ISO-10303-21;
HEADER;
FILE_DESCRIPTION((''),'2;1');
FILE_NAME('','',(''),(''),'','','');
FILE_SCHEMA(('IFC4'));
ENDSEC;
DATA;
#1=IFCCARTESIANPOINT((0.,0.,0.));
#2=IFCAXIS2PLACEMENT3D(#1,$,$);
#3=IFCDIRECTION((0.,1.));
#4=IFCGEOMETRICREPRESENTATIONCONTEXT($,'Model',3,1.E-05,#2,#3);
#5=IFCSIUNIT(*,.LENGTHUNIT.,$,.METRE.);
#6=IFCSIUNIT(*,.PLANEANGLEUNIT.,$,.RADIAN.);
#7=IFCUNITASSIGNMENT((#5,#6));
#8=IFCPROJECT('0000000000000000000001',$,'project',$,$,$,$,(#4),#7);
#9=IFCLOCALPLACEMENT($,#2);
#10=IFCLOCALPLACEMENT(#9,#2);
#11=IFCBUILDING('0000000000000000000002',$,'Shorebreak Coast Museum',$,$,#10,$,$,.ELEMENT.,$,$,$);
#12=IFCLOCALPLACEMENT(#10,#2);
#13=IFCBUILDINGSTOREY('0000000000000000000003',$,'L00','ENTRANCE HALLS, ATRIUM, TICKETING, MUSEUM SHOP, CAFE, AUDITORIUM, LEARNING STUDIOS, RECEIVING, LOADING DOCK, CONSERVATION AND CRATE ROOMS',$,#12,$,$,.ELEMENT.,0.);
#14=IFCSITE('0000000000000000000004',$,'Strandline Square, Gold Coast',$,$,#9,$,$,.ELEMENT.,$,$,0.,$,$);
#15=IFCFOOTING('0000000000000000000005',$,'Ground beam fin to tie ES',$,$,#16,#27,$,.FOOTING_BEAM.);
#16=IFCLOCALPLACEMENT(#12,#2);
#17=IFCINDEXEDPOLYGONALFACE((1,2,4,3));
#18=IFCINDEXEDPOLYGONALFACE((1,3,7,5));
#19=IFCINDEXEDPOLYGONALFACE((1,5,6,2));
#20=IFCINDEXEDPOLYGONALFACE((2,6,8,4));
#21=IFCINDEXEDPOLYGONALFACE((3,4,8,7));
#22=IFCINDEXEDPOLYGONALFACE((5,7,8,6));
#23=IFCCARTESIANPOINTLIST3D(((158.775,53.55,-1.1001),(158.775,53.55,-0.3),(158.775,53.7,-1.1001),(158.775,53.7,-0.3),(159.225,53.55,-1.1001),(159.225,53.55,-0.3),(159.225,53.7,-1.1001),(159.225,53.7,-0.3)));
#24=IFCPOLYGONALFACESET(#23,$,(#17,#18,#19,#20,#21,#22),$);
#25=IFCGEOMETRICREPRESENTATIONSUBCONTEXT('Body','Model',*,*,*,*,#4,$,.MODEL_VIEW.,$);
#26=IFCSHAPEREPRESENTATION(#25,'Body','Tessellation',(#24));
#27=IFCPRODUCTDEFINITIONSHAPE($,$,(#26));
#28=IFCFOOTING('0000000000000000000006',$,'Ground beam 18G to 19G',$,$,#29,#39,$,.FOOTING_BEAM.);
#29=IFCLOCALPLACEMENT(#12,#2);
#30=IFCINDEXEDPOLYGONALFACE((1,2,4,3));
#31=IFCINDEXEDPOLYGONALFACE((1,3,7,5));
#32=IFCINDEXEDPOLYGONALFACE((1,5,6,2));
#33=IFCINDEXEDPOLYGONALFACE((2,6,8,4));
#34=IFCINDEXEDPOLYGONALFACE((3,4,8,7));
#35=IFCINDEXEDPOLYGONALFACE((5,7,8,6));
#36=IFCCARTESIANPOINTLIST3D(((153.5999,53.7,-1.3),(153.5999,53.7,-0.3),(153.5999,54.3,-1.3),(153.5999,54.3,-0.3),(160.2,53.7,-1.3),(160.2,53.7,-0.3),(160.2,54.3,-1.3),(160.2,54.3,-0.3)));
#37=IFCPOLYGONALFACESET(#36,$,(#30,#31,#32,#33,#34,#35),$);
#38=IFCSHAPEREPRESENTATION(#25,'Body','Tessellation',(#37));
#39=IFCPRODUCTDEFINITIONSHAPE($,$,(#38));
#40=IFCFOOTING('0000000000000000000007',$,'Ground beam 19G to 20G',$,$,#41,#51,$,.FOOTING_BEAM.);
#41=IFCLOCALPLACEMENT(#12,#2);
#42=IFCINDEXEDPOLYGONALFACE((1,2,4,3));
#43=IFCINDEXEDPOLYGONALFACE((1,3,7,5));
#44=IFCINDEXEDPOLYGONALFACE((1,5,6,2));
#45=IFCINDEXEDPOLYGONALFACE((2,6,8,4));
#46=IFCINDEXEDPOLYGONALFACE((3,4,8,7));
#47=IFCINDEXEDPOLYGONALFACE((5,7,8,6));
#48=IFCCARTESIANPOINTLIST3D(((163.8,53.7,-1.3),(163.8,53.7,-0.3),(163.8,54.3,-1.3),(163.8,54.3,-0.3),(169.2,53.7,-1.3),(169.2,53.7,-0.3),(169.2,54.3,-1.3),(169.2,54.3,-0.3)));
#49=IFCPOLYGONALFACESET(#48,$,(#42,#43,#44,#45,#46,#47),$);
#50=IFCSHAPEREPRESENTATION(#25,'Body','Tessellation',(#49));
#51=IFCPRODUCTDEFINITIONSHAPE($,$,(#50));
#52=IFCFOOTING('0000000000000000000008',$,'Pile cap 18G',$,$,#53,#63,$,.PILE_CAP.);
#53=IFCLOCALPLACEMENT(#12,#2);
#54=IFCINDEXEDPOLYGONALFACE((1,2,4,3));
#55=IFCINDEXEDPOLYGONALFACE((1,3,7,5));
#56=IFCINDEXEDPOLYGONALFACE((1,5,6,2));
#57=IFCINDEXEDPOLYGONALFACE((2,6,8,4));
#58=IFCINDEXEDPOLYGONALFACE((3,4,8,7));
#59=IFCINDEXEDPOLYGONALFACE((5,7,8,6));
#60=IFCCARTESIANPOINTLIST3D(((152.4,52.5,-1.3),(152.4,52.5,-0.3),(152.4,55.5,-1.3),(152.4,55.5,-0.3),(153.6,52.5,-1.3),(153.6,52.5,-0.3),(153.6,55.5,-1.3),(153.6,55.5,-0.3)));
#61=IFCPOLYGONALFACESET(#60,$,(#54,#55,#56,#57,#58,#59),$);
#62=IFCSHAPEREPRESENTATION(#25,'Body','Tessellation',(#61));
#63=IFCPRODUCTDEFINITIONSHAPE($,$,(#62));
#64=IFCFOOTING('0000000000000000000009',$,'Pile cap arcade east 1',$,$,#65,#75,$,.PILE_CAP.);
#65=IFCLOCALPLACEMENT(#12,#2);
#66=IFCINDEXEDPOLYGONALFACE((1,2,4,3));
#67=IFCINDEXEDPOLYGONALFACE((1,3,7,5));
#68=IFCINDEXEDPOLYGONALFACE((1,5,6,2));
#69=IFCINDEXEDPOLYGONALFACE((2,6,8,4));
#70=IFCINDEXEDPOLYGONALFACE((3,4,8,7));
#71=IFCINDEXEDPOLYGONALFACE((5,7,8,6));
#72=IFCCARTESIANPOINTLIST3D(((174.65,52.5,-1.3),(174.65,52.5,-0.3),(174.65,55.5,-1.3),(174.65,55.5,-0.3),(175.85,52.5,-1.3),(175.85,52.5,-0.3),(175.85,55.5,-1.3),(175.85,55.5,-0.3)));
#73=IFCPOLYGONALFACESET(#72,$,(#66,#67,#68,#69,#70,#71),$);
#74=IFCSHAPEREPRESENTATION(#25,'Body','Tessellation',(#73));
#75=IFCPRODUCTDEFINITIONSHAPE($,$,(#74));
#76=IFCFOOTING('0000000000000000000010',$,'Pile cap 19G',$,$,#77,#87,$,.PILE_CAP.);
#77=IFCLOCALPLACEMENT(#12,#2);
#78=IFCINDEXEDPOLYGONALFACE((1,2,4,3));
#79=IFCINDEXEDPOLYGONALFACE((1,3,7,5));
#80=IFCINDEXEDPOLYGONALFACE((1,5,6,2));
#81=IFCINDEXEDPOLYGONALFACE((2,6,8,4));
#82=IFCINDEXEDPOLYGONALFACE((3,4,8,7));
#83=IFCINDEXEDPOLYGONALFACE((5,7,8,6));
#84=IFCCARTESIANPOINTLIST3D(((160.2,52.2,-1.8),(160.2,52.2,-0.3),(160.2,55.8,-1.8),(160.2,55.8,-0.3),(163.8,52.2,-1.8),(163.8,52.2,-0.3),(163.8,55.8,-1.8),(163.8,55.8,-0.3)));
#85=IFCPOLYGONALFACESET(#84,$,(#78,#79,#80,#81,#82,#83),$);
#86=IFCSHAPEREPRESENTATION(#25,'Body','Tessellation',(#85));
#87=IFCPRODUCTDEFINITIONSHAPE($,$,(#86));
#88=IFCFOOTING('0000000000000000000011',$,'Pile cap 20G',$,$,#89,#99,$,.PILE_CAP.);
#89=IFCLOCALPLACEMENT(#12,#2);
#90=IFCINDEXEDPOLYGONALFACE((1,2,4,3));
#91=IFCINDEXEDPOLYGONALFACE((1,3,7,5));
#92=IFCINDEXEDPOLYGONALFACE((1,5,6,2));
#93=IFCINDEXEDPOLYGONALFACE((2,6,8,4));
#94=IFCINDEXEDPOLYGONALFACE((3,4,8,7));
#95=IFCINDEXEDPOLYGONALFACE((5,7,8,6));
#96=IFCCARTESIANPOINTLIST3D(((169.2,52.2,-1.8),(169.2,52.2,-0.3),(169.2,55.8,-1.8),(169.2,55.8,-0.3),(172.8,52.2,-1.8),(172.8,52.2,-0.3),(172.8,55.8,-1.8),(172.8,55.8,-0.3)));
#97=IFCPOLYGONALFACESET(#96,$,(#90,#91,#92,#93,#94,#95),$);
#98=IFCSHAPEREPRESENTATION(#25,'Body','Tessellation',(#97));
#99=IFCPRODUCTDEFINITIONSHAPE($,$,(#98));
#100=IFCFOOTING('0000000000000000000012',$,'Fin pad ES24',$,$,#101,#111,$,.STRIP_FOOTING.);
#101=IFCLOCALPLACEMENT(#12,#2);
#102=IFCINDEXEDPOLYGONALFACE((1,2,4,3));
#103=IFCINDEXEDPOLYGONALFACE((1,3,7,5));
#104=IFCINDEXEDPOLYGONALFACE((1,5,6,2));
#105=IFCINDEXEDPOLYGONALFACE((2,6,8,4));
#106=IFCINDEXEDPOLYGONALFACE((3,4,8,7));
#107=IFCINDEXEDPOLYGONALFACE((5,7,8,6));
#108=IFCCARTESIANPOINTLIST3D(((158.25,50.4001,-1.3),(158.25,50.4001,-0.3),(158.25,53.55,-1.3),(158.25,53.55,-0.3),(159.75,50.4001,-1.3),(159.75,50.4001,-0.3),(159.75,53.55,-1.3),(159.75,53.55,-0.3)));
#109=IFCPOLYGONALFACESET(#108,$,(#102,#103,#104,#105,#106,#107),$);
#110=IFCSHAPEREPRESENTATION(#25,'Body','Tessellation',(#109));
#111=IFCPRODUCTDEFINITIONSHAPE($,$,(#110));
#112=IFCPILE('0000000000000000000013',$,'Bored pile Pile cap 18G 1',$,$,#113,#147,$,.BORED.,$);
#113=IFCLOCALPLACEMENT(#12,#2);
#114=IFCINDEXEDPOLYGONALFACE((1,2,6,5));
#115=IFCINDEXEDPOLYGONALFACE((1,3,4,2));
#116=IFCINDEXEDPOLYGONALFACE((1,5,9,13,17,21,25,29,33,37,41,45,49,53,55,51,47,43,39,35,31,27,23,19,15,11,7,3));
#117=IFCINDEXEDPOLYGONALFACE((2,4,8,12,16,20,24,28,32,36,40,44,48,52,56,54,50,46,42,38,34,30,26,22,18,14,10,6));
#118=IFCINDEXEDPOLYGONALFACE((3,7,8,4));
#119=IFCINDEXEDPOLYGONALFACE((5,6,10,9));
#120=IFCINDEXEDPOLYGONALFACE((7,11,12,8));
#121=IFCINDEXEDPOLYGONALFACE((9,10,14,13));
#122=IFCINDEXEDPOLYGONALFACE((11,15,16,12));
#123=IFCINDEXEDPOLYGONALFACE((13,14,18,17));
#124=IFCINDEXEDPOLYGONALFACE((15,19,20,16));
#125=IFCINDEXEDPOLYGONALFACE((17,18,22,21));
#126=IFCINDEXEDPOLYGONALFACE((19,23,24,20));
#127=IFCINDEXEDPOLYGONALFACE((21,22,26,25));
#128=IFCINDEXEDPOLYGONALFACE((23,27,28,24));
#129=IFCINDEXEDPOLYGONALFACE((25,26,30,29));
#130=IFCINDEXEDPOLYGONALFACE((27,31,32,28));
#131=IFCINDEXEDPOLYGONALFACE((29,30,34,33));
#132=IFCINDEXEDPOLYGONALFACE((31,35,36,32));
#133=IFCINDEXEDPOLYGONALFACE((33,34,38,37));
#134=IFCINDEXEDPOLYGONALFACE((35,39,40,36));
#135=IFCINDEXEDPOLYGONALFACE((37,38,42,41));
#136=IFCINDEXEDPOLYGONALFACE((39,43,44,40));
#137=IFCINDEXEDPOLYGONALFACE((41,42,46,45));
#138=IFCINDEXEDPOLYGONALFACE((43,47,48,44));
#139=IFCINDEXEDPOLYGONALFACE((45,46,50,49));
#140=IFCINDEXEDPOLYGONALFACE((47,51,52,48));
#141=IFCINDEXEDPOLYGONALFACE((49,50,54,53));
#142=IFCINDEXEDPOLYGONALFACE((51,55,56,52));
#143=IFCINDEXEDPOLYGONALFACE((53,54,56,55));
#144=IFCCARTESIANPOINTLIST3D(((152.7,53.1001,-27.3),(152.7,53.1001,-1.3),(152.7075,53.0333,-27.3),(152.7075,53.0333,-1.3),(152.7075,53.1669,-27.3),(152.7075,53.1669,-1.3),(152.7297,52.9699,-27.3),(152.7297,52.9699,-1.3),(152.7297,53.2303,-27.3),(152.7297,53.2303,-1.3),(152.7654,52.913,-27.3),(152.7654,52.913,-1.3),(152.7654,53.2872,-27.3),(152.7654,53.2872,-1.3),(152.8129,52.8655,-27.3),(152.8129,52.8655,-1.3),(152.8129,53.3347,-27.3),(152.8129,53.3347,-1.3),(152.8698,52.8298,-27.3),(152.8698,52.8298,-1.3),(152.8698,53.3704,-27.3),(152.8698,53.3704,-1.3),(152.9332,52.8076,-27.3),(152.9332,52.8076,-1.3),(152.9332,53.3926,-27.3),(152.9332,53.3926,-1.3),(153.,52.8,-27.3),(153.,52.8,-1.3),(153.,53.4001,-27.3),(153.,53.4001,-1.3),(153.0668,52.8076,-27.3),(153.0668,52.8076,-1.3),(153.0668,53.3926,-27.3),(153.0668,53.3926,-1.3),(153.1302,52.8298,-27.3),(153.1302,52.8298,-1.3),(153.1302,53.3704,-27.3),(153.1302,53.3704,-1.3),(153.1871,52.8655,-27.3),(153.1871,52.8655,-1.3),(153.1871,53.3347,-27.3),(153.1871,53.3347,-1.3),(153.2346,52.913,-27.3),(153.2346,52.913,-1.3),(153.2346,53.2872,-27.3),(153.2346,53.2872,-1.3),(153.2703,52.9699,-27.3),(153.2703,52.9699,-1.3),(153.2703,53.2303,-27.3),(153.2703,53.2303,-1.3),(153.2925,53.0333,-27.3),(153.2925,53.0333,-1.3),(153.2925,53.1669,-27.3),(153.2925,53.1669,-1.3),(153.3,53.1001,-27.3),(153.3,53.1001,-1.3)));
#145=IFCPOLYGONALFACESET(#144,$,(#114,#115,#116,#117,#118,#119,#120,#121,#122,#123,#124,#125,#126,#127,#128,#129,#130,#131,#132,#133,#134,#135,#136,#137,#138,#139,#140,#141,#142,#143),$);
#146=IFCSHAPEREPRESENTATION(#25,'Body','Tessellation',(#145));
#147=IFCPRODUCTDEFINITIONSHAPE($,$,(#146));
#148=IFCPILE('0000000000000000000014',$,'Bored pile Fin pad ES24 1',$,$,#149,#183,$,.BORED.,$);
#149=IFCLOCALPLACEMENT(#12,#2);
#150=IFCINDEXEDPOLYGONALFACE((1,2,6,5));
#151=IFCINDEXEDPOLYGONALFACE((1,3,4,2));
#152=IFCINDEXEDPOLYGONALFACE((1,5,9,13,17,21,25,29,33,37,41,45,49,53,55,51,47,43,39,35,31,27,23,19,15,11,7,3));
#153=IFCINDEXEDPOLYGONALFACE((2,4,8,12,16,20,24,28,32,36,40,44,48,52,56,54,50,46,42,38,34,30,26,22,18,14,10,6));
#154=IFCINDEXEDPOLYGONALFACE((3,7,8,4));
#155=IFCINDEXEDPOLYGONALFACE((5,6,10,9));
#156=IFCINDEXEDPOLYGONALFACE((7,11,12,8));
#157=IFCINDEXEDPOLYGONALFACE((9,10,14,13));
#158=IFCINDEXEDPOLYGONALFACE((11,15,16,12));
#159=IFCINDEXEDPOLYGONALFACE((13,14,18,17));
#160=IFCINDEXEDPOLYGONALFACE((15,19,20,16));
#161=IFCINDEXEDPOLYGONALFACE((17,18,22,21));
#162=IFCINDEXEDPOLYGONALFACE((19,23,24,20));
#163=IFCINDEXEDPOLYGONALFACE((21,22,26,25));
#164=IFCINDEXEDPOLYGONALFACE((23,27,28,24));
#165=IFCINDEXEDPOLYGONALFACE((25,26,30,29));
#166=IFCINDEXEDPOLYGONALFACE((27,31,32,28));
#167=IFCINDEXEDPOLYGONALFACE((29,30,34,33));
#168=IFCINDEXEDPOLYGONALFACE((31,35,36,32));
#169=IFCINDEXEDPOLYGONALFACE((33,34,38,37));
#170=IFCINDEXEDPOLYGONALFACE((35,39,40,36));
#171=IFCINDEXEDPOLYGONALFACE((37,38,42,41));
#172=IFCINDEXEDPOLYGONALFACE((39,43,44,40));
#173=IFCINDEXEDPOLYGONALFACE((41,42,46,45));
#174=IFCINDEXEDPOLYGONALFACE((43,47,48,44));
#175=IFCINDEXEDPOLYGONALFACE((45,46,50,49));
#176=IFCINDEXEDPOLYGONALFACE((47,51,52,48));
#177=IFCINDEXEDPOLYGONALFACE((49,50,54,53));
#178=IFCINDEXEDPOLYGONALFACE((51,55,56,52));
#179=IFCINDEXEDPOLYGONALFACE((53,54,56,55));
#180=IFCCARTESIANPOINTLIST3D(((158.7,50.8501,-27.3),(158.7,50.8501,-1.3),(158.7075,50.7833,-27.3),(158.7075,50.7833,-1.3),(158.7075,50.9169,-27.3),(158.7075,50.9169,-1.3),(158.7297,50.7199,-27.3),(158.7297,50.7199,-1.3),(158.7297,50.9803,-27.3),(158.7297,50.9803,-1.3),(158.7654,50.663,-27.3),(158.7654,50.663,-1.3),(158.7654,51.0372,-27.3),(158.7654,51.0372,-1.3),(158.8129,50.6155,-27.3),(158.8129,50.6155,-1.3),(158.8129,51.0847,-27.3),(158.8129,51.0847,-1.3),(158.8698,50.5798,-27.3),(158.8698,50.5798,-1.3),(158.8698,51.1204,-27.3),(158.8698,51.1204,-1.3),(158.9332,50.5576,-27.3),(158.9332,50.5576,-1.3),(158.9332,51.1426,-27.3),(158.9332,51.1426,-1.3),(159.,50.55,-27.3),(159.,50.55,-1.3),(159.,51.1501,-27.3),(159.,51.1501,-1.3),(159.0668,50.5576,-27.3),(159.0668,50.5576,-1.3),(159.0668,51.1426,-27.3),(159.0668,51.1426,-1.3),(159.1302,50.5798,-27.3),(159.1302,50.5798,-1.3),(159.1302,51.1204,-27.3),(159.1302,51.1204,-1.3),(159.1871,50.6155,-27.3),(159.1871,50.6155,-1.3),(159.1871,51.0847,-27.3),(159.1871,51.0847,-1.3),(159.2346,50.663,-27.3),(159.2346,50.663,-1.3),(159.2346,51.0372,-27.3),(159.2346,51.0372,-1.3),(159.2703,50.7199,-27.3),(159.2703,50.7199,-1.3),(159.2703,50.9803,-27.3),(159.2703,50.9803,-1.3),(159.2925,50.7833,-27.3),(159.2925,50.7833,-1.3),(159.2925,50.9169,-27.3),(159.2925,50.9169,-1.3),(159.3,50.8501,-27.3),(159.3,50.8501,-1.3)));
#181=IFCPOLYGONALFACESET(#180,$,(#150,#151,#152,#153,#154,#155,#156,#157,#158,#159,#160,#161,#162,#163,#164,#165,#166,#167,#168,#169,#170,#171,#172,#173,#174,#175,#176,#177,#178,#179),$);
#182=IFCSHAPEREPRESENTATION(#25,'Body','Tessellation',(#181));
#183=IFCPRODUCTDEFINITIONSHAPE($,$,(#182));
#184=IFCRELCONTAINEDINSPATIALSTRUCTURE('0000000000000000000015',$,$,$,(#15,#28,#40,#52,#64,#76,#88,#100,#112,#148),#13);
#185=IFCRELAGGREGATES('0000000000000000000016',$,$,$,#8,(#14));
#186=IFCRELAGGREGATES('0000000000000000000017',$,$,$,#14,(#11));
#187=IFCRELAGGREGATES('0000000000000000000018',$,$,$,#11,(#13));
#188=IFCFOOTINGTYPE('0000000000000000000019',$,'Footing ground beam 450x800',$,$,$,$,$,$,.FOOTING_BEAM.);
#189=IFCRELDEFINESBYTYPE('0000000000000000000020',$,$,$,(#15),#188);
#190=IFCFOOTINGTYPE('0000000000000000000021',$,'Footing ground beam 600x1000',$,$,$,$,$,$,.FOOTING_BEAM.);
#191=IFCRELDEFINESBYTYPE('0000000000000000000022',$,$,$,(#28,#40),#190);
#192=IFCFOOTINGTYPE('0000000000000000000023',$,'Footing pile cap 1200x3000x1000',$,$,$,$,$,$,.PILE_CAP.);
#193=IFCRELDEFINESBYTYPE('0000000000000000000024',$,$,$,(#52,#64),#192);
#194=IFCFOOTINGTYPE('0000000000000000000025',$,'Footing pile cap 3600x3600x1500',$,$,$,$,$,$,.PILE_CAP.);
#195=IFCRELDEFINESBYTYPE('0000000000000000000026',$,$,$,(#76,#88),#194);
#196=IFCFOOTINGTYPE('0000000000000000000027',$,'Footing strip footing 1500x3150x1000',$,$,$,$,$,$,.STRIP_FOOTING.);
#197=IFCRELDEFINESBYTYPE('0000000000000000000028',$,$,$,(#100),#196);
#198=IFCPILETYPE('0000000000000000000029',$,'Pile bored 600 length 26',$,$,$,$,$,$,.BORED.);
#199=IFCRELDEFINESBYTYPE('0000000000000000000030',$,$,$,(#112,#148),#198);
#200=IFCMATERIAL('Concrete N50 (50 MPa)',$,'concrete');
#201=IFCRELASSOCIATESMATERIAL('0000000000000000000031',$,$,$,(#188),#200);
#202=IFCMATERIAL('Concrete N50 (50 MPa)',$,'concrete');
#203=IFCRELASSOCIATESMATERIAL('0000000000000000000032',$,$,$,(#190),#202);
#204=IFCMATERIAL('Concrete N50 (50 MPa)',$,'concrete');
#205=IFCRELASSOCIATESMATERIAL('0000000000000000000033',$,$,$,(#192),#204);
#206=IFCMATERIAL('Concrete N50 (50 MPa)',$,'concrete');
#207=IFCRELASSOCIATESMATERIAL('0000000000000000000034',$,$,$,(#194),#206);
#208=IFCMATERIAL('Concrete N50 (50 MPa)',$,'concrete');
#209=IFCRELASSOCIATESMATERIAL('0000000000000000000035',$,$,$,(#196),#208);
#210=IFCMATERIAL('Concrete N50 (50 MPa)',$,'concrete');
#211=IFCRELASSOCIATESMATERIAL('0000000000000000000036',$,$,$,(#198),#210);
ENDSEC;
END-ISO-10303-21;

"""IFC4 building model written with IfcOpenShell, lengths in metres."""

from ifc_helpers import new_model, si_unit, direction, frame, origin, origin_2d, place, context, subcontext, project, spatial, rectangle, circle, extrude, material, material_profile, profile_set, type_object, element, save


model = new_model("IFC4")

# Units and contexts
model_context = context("Model", 3, precision=1e-05, world=origin(), true_north=direction((0.0, 1.0)))
body_context = subcontext(model_context, "Body", "Model", "MODEL_VIEW")
ifc_project = project(units=[si_unit("LENGTHUNIT", "METRE"), si_unit("PLANEANGLEUNIT", "RADIAN")], contexts=[model_context])

# Site, building, storey
site_placement = place(None, origin())
site = spatial("IfcSite", under=ifc_project, at=site_placement, Name="Strandline Square, Gold Coast", CompositionType="ELEMENT", RefElevation=0.0)
building_placement = place(site_placement, origin())
building = spatial("IfcBuilding", under=site, at=building_placement, Name="Shorebreak Coast Museum", CompositionType="ELEMENT")
storey_placement = place(building_placement, origin())
storey = spatial("IfcBuildingStorey", under=building, at=storey_placement, Name="L00", Description="ENTRANCE HALLS, ATRIUM, TICKETING, MUSEUM SHOP, CAFE, AUDITORIUM, LEARNING STUDIOS, RECEIVING, LOADING DOCK, CONSERVATION AND CRATE ROOMS", CompositionType="ELEMENT", Elevation=0.0)

# Footings
ifc_material_1 = material(Name="Concrete N50 (50 MPa)", Category="concrete")
footing_type_1 = type_object("IfcFootingType", Name="Footing ground beam 450x800", PredefinedType="FOOTING_BEAM", material=ifc_material_1)
footing_1_placement = place(storey_placement, frame((159.0, 53.625, -1.1001), z_axis=(0.0, 0.0, 1.0), x_axis=(1.0, 0.0, 0.0)))
element("IfcFooting", 1, at=footing_1_placement, inside=storey, type_object=footing_type_1, Name="Ground beam fin to tie ES", PredefinedType="FOOTING_BEAM", context=body_context, shape_type="SweptSolid", body=[
    extrude(rectangle(XDim=0.45, YDim=0.1499, at=origin_2d()), origin(), (0.0, 0.0, 1.0), 0.8),
])
ifc_material_2 = material(Name="Concrete N50 (50 MPa)", Category="concrete")
footing_type_2 = type_object("IfcFootingType", Name="Footing ground beam 600x1000", PredefinedType="FOOTING_BEAM", material=ifc_material_2)
footing_2_placement = place(storey_placement, frame((156.8999, 54.0, -1.3), z_axis=(0.0, 0.0, 1.0), x_axis=(1.0, 0.0, 0.0)))
element("IfcFooting", 2, at=footing_2_placement, inside=storey, type_object=footing_type_2, Name="Ground beam 18G to 19G", PredefinedType="FOOTING_BEAM", context=body_context, shape_type="SweptSolid", body=[
    extrude(rectangle(XDim=6.6001, YDim=0.6001, at=origin_2d()), origin(), (0.0, 0.0, 1.0), 1.0),
])
footing_3_placement = place(storey_placement, frame((166.5, 54.0, -1.3), z_axis=(0.0, 0.0, 1.0), x_axis=(1.0, 0.0, 0.0)))
element("IfcFooting", 3, at=footing_3_placement, inside=storey, type_object=footing_type_2, Name="Ground beam 19G to 20G", PredefinedType="FOOTING_BEAM", context=body_context, shape_type="SweptSolid", body=[
    extrude(rectangle(XDim=5.3999, YDim=0.6001, at=origin_2d()), origin(), (0.0, 0.0, 1.0), 1.0),
])
ifc_material_3 = material(Name="Concrete N50 (50 MPa)", Category="concrete")
footing_type_3 = type_object("IfcFootingType", Name="Footing pile cap 1200x3000x1000", PredefinedType="PILE_CAP", material=ifc_material_3)
for number, where, z_axis, x_axis, name in (
    (4, (153.0, 54.0, -1.3), (0.0, 0.0, 1.0), (1.0, 0.0, 0.0), "Pile cap 18G"),
    (5, (175.25, 54.0, -1.3), (0.0, 0.0, 1.0), (1.0, 0.0, 0.0), "Pile cap arcade east 1"),
):
    element("IfcFooting", number, at=place(storey_placement, frame(where, z_axis=z_axis, x_axis=x_axis)), inside=storey, type_object=footing_type_3, Name=name, PredefinedType="PILE_CAP", context=body_context, shape_type="SweptSolid", body=[
        extrude(rectangle(XDim=1.2, YDim=3.0, at=origin_2d()), origin(), (0.0, 0.0, 1.0), 1.0),
    ])
ifc_material_4 = material(Name="Concrete N50 (50 MPa)", Category="concrete")
footing_type_4 = type_object("IfcFootingType", Name="Footing pile cap 3600x3600x1500", PredefinedType="PILE_CAP", material=ifc_material_4)
for number, where, z_axis, x_axis, name in (
    (6, (162.0, 54.0, -1.8), (0.0, 0.0, 1.0), (1.0, 0.0, 0.0), "Pile cap 19G"),
    (7, (171.0, 54.0, -1.8), (0.0, 0.0, 1.0), (1.0, 0.0, 0.0), "Pile cap 20G"),
):
    element("IfcFooting", number, at=place(storey_placement, frame(where, z_axis=z_axis, x_axis=x_axis)), inside=storey, type_object=footing_type_4, Name=name, PredefinedType="PILE_CAP", context=body_context, shape_type="SweptSolid", body=[
        extrude(rectangle(XDim=3.6001, YDim=3.6001, at=origin_2d()), origin(), (0.0, 0.0, 1.0), 1.5),
    ])
ifc_material_5 = material(Name="Concrete N50 (50 MPa)", Category="concrete")
footing_type_5 = type_object("IfcFootingType", Name="Footing strip footing 1500x3150x1000", PredefinedType="STRIP_FOOTING", material=ifc_material_5)
footing_4_placement = place(storey_placement, frame((159.0, 51.9751, -1.3), z_axis=(0.0, 0.0, 1.0), x_axis=(1.0, 0.0, 0.0)))
element("IfcFooting", 8, at=footing_4_placement, inside=storey, type_object=footing_type_5, Name="Fin pad ES24", PredefinedType="STRIP_FOOTING", context=body_context, shape_type="SweptSolid", body=[
    extrude(rectangle(XDim=1.5, YDim=3.1499, at=origin_2d()), origin(), (0.0, 0.0, 1.0), 1.0),
])

# Piles
ifc_material_6 = material(Name="Concrete N50 (50 MPa)", Category="concrete")
ifc_material_profile_1 = material_profile(ifc_material_6, circle(Radius=0.3, at=origin_2d()), Name="Pile bored 600 length 26")
ifc_profile_set_1 = profile_set([ifc_material_profile_1], Name="Concrete N50 (50 MPa)")
pile_type_1 = type_object("IfcPileType", Name="Pile bored 600 length 26", PredefinedType="BORED", material=ifc_profile_set_1)
for number, where, z_axis, x_axis, name in (
    (9, (153.0, 53.1001, -1.3), (0.0, 0.0, -1.0), (1.0, 0.0, 0.0), "Bored pile Pile cap 18G 1"),
    (10, (159.0, 50.8501, -1.3), (0.0, 0.0, -1.0), (1.0, 0.0, 0.0), "Bored pile Fin pad ES24 1"),
):
    element("IfcPile", number, at=place(storey_placement, frame(where, z_axis=z_axis, x_axis=x_axis)), inside=storey, type_object=pile_type_1, Name=name, PredefinedType="BORED", context=body_context, shape_type="SweptSolid", body=[
        extrude(circle(Radius=0.3, at=origin_2d()), origin(), (0.0, 0.0, 1.0), 26.0),
    ])

save(model, "model.ifc")
